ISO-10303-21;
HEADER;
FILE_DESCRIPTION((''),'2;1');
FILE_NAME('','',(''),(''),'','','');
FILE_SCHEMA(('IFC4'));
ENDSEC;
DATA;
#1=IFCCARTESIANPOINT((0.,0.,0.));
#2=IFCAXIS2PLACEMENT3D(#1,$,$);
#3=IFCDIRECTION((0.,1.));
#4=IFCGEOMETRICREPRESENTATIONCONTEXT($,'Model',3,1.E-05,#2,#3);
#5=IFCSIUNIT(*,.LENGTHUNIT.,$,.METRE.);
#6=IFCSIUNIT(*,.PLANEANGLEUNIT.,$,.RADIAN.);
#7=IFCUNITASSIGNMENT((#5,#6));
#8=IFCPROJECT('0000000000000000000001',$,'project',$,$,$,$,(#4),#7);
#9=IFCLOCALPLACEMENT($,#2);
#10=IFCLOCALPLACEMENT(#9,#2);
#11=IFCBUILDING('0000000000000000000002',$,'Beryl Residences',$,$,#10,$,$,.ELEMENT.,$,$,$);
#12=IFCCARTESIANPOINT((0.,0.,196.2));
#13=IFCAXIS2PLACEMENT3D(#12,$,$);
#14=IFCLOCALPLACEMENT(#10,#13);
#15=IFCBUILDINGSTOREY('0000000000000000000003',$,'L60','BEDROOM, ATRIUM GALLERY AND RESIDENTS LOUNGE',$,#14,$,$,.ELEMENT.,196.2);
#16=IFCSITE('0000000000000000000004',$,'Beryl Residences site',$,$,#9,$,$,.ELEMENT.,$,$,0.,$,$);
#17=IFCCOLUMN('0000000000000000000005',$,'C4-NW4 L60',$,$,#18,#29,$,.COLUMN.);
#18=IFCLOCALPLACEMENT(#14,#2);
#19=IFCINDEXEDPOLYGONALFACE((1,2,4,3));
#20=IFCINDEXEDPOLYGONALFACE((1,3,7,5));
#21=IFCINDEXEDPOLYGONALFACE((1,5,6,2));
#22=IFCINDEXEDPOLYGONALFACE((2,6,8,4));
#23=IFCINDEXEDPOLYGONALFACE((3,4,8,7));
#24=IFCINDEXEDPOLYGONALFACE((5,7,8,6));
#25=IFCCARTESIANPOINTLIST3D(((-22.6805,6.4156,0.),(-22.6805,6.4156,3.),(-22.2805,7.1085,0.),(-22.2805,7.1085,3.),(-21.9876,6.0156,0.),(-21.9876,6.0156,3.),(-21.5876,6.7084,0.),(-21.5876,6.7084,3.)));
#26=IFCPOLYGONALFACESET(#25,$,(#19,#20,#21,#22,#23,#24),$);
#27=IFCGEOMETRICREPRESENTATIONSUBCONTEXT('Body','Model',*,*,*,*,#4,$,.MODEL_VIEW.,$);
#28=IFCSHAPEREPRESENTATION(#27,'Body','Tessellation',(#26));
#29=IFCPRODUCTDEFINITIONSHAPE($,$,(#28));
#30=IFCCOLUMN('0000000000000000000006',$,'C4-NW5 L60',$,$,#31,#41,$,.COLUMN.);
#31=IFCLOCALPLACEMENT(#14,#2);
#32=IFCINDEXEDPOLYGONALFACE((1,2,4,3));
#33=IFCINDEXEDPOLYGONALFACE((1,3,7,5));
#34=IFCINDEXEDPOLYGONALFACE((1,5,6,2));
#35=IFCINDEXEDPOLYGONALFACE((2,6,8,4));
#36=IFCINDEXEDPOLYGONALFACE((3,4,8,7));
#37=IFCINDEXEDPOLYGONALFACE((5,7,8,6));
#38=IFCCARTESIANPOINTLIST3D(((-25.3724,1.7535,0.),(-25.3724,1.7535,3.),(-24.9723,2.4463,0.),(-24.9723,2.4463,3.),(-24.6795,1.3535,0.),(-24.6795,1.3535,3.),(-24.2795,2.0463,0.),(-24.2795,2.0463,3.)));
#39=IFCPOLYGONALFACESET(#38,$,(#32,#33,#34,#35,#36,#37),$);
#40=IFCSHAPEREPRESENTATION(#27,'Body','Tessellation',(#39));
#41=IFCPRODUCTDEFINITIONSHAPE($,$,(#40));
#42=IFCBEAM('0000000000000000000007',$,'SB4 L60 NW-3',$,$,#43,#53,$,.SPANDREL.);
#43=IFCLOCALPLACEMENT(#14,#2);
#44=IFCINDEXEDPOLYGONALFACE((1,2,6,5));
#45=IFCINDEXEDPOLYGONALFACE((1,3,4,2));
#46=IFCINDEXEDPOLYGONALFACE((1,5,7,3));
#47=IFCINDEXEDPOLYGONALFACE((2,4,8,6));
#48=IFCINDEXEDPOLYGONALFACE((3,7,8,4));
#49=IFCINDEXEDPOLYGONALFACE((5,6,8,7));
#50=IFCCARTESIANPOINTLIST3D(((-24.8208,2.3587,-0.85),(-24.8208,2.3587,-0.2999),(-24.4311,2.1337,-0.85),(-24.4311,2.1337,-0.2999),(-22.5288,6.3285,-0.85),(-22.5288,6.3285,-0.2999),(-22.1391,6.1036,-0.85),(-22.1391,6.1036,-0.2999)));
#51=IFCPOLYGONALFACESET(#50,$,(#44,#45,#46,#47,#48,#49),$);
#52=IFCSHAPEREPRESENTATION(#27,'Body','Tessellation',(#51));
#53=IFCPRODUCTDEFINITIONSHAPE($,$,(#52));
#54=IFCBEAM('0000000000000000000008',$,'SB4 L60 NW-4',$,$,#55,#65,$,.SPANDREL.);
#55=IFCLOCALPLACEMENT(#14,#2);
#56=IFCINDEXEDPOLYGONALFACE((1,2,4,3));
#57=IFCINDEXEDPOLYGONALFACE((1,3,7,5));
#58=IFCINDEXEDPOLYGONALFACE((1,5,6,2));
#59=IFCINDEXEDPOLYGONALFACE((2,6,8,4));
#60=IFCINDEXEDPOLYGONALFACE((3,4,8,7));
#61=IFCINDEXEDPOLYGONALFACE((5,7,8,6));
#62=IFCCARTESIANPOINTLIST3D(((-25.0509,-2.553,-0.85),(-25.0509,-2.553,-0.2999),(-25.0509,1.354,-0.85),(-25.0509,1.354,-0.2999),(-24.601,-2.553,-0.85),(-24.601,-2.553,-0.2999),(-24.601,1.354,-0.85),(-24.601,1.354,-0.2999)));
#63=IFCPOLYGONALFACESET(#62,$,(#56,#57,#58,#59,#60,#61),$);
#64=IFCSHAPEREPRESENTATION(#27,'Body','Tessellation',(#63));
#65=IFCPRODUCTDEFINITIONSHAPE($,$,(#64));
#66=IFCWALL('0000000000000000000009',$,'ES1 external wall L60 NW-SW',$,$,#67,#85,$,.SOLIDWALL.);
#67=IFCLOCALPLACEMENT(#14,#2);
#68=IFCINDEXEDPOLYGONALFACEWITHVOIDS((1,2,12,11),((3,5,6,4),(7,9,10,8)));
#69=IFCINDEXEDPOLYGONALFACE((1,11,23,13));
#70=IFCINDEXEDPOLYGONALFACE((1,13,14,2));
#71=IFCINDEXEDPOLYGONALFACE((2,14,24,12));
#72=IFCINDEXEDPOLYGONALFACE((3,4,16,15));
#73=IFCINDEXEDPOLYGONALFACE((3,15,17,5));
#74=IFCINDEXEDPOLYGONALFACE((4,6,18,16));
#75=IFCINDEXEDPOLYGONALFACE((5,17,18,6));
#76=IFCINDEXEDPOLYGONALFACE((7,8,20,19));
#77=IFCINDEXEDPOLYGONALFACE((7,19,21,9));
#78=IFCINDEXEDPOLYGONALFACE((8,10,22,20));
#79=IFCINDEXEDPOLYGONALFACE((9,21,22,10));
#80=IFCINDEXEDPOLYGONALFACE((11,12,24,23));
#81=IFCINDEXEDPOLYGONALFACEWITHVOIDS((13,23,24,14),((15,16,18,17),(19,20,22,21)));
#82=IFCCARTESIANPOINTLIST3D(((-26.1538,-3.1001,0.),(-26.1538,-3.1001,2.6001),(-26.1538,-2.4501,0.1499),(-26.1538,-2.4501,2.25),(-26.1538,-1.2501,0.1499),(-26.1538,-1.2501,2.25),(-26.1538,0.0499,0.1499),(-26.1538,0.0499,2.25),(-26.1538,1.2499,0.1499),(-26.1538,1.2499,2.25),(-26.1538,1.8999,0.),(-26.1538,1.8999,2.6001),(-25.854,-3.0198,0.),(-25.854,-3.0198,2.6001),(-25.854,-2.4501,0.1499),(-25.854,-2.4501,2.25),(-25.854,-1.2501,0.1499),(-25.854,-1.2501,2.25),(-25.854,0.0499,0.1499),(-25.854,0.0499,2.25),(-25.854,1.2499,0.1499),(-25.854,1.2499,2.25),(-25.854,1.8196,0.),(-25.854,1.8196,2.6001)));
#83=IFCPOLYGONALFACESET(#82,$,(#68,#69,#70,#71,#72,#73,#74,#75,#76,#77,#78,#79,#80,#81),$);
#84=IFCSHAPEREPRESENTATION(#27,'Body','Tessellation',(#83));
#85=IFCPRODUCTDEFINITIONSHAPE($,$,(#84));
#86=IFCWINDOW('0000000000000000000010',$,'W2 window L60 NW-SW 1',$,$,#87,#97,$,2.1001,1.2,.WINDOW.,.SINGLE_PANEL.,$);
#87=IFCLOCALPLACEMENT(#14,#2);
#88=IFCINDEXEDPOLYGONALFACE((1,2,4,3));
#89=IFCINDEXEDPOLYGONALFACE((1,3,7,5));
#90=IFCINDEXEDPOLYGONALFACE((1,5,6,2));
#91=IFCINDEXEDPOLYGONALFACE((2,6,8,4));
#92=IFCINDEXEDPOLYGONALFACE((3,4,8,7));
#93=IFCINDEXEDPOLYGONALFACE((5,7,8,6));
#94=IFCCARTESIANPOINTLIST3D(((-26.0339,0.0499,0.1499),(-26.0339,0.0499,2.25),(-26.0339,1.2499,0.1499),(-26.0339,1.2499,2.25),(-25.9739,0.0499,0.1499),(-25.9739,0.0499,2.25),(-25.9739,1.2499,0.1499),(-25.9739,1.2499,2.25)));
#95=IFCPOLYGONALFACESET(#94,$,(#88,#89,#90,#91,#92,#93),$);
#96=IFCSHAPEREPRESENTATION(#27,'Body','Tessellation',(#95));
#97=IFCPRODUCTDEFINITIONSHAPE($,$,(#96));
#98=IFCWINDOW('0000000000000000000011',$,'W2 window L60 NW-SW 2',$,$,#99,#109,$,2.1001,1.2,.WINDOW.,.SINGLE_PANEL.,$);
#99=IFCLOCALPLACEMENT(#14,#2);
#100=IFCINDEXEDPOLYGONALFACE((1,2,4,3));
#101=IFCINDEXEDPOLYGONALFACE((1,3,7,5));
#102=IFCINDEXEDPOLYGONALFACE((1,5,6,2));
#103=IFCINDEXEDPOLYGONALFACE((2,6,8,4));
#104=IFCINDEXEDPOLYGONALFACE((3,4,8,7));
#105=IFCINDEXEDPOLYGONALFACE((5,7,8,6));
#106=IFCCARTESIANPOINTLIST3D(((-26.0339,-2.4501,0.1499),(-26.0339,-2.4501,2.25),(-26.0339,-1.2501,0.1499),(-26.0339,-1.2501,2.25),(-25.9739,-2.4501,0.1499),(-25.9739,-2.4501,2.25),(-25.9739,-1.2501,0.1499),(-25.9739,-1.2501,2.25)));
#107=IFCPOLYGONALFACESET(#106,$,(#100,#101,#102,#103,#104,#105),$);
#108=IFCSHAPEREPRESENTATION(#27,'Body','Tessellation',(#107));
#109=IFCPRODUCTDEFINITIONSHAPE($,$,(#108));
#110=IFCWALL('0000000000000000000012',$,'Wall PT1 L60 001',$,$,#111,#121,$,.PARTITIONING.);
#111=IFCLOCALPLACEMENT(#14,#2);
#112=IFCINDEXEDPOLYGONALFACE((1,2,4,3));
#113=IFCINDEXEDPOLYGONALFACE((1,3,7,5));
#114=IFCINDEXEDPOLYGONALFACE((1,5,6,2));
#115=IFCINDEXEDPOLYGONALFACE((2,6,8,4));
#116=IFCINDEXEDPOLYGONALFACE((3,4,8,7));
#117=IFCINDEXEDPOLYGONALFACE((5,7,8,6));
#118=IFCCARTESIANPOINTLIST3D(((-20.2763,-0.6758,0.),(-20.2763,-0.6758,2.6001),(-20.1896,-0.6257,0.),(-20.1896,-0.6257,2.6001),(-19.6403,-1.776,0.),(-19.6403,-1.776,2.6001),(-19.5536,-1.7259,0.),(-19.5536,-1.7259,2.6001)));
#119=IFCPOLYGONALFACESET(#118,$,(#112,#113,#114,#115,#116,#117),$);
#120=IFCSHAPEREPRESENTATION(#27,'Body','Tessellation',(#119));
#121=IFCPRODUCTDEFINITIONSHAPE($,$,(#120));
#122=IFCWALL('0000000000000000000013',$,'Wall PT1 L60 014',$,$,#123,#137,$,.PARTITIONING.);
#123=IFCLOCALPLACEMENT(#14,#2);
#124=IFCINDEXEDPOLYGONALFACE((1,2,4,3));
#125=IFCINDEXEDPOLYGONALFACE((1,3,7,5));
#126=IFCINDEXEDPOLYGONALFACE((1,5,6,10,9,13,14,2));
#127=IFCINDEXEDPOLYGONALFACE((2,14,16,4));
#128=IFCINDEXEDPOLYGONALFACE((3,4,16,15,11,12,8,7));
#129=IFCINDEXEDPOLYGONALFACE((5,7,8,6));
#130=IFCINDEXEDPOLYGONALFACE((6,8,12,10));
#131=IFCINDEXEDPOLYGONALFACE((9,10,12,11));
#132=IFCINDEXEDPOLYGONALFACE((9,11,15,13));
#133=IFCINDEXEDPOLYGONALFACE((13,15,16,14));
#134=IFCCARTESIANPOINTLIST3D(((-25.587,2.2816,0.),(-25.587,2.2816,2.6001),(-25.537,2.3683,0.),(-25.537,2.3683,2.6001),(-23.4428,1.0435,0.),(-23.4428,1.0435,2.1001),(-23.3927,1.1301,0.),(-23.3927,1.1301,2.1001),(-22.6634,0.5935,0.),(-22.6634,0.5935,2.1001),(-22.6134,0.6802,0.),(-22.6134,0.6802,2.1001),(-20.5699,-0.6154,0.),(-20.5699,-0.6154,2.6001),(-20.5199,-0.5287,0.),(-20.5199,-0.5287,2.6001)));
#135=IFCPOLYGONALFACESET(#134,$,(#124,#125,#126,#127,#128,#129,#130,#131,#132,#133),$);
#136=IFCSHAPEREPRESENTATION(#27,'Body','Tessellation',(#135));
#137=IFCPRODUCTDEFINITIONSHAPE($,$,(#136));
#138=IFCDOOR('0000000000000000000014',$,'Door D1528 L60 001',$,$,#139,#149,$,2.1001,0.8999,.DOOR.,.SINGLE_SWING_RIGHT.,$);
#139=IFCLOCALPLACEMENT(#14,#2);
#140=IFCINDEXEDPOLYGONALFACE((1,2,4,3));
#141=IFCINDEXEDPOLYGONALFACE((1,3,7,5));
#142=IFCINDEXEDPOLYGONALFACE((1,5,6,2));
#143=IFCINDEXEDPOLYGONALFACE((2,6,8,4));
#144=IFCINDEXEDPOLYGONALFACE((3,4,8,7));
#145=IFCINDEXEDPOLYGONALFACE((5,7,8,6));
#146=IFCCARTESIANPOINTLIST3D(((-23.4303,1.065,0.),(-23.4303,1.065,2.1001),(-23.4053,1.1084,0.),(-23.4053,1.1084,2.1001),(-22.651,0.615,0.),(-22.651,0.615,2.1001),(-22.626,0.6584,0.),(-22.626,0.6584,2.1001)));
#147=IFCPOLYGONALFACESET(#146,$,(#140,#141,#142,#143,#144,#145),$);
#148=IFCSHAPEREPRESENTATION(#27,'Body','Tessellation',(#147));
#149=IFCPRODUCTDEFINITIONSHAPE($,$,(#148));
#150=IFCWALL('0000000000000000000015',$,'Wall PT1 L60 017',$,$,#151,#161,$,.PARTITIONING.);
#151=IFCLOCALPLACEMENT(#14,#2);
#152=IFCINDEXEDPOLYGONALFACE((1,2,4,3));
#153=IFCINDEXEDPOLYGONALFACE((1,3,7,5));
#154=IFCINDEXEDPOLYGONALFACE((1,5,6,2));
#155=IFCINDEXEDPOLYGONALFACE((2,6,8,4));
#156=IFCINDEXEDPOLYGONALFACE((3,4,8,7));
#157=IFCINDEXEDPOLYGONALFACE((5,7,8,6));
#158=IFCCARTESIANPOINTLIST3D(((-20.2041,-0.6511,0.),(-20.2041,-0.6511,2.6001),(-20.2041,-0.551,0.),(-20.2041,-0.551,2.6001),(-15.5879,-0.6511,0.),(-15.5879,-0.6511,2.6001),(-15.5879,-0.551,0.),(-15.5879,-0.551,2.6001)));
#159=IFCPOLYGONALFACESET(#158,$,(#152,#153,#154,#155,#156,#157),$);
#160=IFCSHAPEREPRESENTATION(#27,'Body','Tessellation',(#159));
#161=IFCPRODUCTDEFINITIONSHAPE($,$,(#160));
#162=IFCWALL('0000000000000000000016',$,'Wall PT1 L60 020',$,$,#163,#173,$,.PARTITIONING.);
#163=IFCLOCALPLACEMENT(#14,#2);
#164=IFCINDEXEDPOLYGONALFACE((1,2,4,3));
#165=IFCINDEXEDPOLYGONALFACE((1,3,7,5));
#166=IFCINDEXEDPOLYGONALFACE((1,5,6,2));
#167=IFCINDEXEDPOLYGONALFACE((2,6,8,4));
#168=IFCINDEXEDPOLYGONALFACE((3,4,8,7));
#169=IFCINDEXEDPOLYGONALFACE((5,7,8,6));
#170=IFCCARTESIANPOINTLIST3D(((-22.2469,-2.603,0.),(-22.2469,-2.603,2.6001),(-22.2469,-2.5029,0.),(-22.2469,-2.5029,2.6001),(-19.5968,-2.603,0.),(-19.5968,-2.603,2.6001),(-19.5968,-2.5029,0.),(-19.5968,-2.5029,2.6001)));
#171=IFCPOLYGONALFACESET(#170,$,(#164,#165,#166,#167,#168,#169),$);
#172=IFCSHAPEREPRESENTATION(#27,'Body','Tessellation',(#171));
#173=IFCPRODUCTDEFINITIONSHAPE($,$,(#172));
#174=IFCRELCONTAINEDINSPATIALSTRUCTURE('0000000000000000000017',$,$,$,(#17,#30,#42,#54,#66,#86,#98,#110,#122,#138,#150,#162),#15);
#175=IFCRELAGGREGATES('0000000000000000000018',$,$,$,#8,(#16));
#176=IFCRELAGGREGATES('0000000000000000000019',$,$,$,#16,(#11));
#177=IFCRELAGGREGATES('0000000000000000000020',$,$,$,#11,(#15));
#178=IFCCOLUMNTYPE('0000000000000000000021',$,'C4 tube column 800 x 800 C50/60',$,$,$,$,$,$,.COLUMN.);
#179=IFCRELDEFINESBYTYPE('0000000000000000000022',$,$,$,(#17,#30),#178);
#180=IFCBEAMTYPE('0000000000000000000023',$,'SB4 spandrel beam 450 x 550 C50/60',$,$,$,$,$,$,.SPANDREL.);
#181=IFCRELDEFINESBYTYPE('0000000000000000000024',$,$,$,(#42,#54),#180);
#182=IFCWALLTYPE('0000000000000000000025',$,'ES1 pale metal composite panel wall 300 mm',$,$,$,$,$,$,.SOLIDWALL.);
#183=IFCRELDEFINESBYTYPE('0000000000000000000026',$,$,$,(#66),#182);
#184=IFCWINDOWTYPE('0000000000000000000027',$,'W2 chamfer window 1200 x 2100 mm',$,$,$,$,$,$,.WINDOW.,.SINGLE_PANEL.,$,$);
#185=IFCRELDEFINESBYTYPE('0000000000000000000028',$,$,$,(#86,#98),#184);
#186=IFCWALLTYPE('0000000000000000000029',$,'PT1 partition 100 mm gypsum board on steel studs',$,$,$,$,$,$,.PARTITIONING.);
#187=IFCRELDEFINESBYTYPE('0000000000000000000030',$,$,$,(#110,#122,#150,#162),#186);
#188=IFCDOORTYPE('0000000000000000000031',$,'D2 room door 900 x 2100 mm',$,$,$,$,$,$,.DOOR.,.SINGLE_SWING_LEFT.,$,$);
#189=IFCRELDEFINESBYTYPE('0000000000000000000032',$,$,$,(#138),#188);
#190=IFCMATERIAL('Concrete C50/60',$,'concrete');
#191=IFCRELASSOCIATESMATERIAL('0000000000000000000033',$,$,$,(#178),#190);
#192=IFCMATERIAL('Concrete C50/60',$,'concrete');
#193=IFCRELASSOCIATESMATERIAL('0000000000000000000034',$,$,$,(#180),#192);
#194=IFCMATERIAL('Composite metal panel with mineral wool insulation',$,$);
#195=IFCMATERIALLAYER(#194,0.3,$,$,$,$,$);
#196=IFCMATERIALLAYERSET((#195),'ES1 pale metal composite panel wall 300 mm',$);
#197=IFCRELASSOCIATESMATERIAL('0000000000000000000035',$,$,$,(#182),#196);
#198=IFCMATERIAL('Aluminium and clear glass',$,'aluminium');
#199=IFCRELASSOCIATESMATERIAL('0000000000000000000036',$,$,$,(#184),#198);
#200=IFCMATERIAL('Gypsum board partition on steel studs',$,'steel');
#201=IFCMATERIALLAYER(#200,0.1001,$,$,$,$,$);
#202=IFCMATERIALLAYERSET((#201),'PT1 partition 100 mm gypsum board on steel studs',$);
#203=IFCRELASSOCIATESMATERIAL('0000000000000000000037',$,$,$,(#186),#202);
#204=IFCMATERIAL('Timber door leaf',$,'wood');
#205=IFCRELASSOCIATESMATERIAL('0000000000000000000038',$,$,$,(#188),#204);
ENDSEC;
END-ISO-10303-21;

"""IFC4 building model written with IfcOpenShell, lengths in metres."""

from ifc_helpers import new_model, si_unit, direction, frame, frame_2d, origin, origin_2d, place, context, subcontext, project, spatial, polyline, rectangle, outline, extrude, material, layer, layer_set, material_profile, profile_set, type_object, element, fill, save


model = new_model("IFC4")

# Units and contexts
model_context = context("Model", 3, precision=1e-05, world=origin(), true_north=direction((0.0, 1.0)))
body_context = subcontext(model_context, "Body", "Model", "MODEL_VIEW")
ifc_project = project(units=[si_unit("LENGTHUNIT", "METRE"), si_unit("PLANEANGLEUNIT", "RADIAN")], contexts=[model_context])

# Site, building, storey
site_placement = place(None, origin())
site = spatial("IfcSite", under=ifc_project, at=site_placement, Name="Beryl Residences site", CompositionType="ELEMENT", RefElevation=0.0)
building_placement = place(site_placement, origin())
building = spatial("IfcBuilding", under=site, at=building_placement, Name="Beryl Residences", CompositionType="ELEMENT")
storey_placement = place(building_placement, frame((0.0, 0.0, 196.2)))
storey = spatial("IfcBuildingStorey", under=building, at=storey_placement, Name="L60", Description="BEDROOM, ATRIUM GALLERY AND RESIDENTS LOUNGE", CompositionType="ELEMENT", Elevation=196.2)

# Columns
ifc_material_1 = material(Name="Concrete C50/60", Category="concrete")
ifc_material_profile_1 = material_profile(ifc_material_1, rectangle(XDim=0.8, YDim=0.8, at=origin_2d()))
ifc_profile_set_1 = profile_set([ifc_material_profile_1], Name="Concrete C50/60")
column_type = type_object("IfcColumnType", Name="C4 tube column 800 x 800 C50/60", PredefinedType="COLUMN", material=ifc_profile_set_1)
for number, where, z_axis, x_axis, name in (
    (1, (-22.134, 6.562, 0.0), (0.0, 0.0, 1.0), (-0.5, -0.866025, 0.0), "C4-NW4 L60"),
    (2, (-24.8259, 1.8999, 0.0), (0.0, 0.0, 1.0), (-0.5, -0.866025, 0.0), "C4-NW5 L60"),
):
    element("IfcColumn", number, at=place(storey_placement, frame(where, z_axis=z_axis, x_axis=x_axis)), inside=storey, type_object=column_type, Name=name, PredefinedType="COLUMN", context=body_context, shape_type="SweptSolid", body=[
        extrude(rectangle(XDim=0.8, YDim=0.8, at=origin_2d()), origin(), (0.0, 0.0, 1.0), 3.0),
    ])

# Beams
ifc_material_2 = material(Name="Concrete C50/60", Category="concrete")
ifc_material_profile_2 = material_profile(ifc_material_2, rectangle(XDim=0.45, YDim=0.55, at=origin_2d()))
ifc_profile_set_2 = profile_set([ifc_material_profile_2], Name="Concrete C50/60")
beam_type = type_object("IfcBeamType", Name="SB4 spandrel beam 450 x 550 C50/60", PredefinedType="SPANDREL", material=ifc_profile_set_2)
beam_1_placement = place(storey_placement, frame((-22.334, 6.2161, -0.575), z_axis=(-0.499988, -0.866032, 0.0), x_axis=(0.866032, -0.499988, 0.0)))
element("IfcBeam", 3, at=beam_1_placement, inside=storey, type_object=beam_type, Name="SB4 L60 NW-3", PredefinedType="SPANDREL", context=body_context, shape_type="SweptSolid", body=[
    extrude(rectangle(XDim=0.45, YDim=0.55, at=origin_2d()), origin(), (0.0, 0.0, 1.0), 4.584),
])
beam_2_placement = place(storey_placement, frame((-24.8259, 1.354, -0.575), z_axis=(0.0, -1.0, 0.0), x_axis=(1.0, 0.0, 0.0)))
element("IfcBeam", 4, at=beam_2_placement, inside=storey, type_object=beam_type, Name="SB4 L60 NW-4", PredefinedType="SPANDREL", context=body_context, shape_type="SweptSolid", body=[
    extrude(rectangle(XDim=0.45, YDim=0.55, at=origin_2d()), origin(), (0.0, 0.0, 1.0), 3.907),
])

# Wall, openings, windows
ifc_material_3 = material(Name="Composite metal panel with mineral wool insulation")
ifc_layer_1 = layer(ifc_material_3, 0.3)
ifc_layer_set_1 = layer_set([ifc_layer_1], Name="ES1 pale metal composite panel wall 300 mm")
wall_type_1 = type_object("IfcWallType", Name="ES1 pale metal composite panel wall 300 mm", PredefinedType="SOLIDWALL", material=ifc_layer_set_1)
wall_1_placement = place(storey_placement, frame((-26.0039, 1.8999, 0.0), z_axis=(0.0, 0.0, 1.0), x_axis=(0.0, -1.0, 0.0)))
wall_1 = element("IfcWall", 5, at=wall_1_placement, inside=storey, type_object=wall_type_1, Name="ES1 external wall L60 NW-SW", PredefinedType="SOLIDWALL", context=body_context, shape_type="SweptSolid", body=[
    extrude(outline(polyline([(0.0, -0.1499), (5.0, -0.1499), (4.9197, 0.1499), (0.0803, 0.1499), (0.0, -0.1499)])), origin(), (0.0, 0.0, 1.0), 2.6001),
])
opening_1_placement = place(wall_1_placement, frame((0.6499, 0.0, 0.1499)))
opening_1 = element("IfcOpeningElement", 6, at=opening_1_placement, cuts=wall_1, PredefinedType="OPENING", context=body_context, shape_type="SweptSolid", body=[
    extrude(rectangle(XDim=1.2, YDim=2.1001, at=frame_2d((0.6001, 1.05))), frame((0.0, 0.1599, 0.0), z_axis=(0.0, -1.0, 0.0), x_axis=(1.0, 0.0, 0.0)), (0.0, 0.0, 1.0), 0.3201),
])
opening_2_placement = place(wall_1_placement, frame((3.1499, 0.0, 0.1499)))
opening_2 = element("IfcOpeningElement", 7, at=opening_2_placement, cuts=wall_1, PredefinedType="OPENING", context=body_context, shape_type="SweptSolid", body=[
    extrude(rectangle(XDim=1.2, YDim=2.1001, at=frame_2d((0.6001, 1.05))), frame((0.0, 0.1599, 0.0), z_axis=(0.0, -1.0, 0.0), x_axis=(1.0, 0.0, 0.0)), (0.0, 0.0, 1.0), 0.3201),
])
ifc_material_4 = material(Name="Aluminium and clear glass", Category="aluminium")
window_type = type_object("IfcWindowType", Name="W2 chamfer window 1200 x 2100 mm", PartitioningType="SINGLE_PANEL", PredefinedType="WINDOW", material=ifc_material_4)
window_1_placement = place(opening_1_placement, origin())
window_1 = element("IfcWindow", 8, at=window_1_placement, inside=storey, type_object=window_type, Name="W2 window L60 NW-SW 1", OverallHeight=2.1001, OverallWidth=1.2, PartitioningType="SINGLE_PANEL", PredefinedType="WINDOW", context=body_context, shape_type="SweptSolid", body=[
    extrude(rectangle(XDim=1.2, YDim=2.1001, at=frame_2d((0.6001, 1.05))), frame((0.0, 0.03, 0.0), z_axis=(0.0, -1.0, 0.0), x_axis=(1.0, 0.0, 0.0)), (0.0, 0.0, 1.0), 0.0601),
])
fill(opening_1, window_1)
window_2_placement = place(opening_2_placement, origin())
window_2 = element("IfcWindow", 9, at=window_2_placement, inside=storey, type_object=window_type, Name="W2 window L60 NW-SW 2", OverallHeight=2.1001, OverallWidth=1.2, PartitioningType="SINGLE_PANEL", PredefinedType="WINDOW", context=body_context, shape_type="SweptSolid", body=[
    extrude(rectangle(XDim=1.2, YDim=2.1001, at=frame_2d((0.6001, 1.05))), frame((0.0, 0.03, 0.0), z_axis=(0.0, -1.0, 0.0), x_axis=(1.0, 0.0, 0.0)), (0.0, 0.0, 1.0), 0.0601),
])
fill(opening_2, window_2)

# Wall
ifc_material_5 = material(Name="Gypsum board partition on steel studs", Category="steel")
ifc_layer_2 = layer(ifc_material_5, 0.1001)
ifc_layer_set_2 = layer_set([ifc_layer_2], Name="PT1 partition 100 mm gypsum board on steel studs")
wall_type_2 = type_object("IfcWallType", Name="PT1 partition 100 mm gypsum board on steel studs", PredefinedType="PARTITIONING", material=ifc_layer_set_2)
wall_2_placement = place(storey_placement, frame((-20.2329, -0.6509, 0.0), z_axis=(0.0, 0.0, 1.0), x_axis=(0.500498, -0.865737, 0.0)))
element("IfcWall", 10, at=wall_2_placement, inside=storey, type_object=wall_type_2, Name="Wall PT1 L60 001", PredefinedType="PARTITIONING", context=body_context, shape_type="SweptSolid", body=[
    extrude(rectangle(XDim=1.2708, YDim=0.1001, at=frame_2d((0.6353, 0.0))), origin(), (0.0, 0.0, 1.0), 2.6001),
])

# Wall, opening, door
wall_3_placement = place(storey_placement, frame((-25.562, 2.325, 0.0), z_axis=(0.0, 0.0, 1.0), x_axis=(0.865999, -0.500046, 0.0)))
wall_3 = element("IfcWall", 11, at=wall_3_placement, inside=storey, type_object=wall_type_2, Name="Wall PT1 L60 014", PredefinedType="PARTITIONING", context=body_context, shape_type="SweptSolid", body=[
    extrude(rectangle(XDim=5.7935, YDim=0.1001, at=frame_2d((2.8967, 0.0))), origin(), (0.0, 0.0, 1.0), 2.6001),
])
opening_3_placement = place(wall_3_placement, frame((2.4761, 0.0, 0.0)))
opening_3 = element("IfcOpeningElement", 12, at=opening_3_placement, cuts=wall_3, PredefinedType="OPENING", context=body_context, shape_type="SweptSolid", body=[
    extrude(rectangle(XDim=0.8999, YDim=2.1001, at=frame_2d((0.45, 1.05))), frame((0.0, 0.0601, 0.0), z_axis=(0.0, -1.0, 0.0), x_axis=(1.0, 0.0, 0.0)), (0.0, 0.0, 1.0), 0.1201),
])
ifc_material_6 = material(Name="Timber door leaf", Category="wood")
door_type_1 = type_object("IfcDoorType", Name="D2 room door 900 x 2100 mm", OperationType="SINGLE_SWING_LEFT", PredefinedType="DOOR", material=ifc_material_6)
door_1_placement = place(opening_3_placement, origin())
door_1 = element("IfcDoor", 13, at=door_1_placement, inside=storey, type_object=door_type_1, Name="Door D1528 L60 001", OperationType="SINGLE_SWING_RIGHT", OverallHeight=2.1001, OverallWidth=0.8999, PredefinedType="DOOR", context=body_context, shape_type="SweptSolid", body=[
    extrude(rectangle(XDim=0.8999, YDim=2.1001, at=frame_2d((0.45, 1.05))), frame((0.0, 0.0249, 0.0), z_axis=(0.0, -1.0, 0.0), x_axis=(1.0, 0.0, 0.0)), (0.0, 0.0, 1.0), 0.05),
])
fill(opening_3, door_1)

# Walls
wall_4_placement = place(storey_placement, frame((-20.2041, -0.6011, 0.0), z_axis=(0.0, 0.0, 1.0), x_axis=(1.0, 0.0, 0.0)))
element("IfcWall", 14, at=wall_4_placement, inside=storey, type_object=wall_type_2, Name="Wall PT1 L60 017", PredefinedType="PARTITIONING", context=body_context, shape_type="SweptSolid", body=[
    extrude(rectangle(XDim=4.6162, YDim=0.1001, at=frame_2d((2.3081, 0.0))), origin(), (0.0, 0.0, 1.0), 2.6001),
])
wall_5_placement = place(storey_placement, frame((-22.2471, -2.553, 0.0), z_axis=(0.0, 0.0, 1.0), x_axis=(1.0, 0.0, 0.0)))
element("IfcWall", 15, at=wall_5_placement, inside=storey, type_object=wall_type_2, Name="Wall PT1 L60 020", PredefinedType="PARTITIONING", context=body_context, shape_type="SweptSolid", body=[
    extrude(rectangle(XDim=2.6501, YDim=0.1001, at=frame_2d((1.3252, 0.0))), origin(), (0.0, 0.0, 1.0), 2.6001),
])

save(model, "model.ifc")
